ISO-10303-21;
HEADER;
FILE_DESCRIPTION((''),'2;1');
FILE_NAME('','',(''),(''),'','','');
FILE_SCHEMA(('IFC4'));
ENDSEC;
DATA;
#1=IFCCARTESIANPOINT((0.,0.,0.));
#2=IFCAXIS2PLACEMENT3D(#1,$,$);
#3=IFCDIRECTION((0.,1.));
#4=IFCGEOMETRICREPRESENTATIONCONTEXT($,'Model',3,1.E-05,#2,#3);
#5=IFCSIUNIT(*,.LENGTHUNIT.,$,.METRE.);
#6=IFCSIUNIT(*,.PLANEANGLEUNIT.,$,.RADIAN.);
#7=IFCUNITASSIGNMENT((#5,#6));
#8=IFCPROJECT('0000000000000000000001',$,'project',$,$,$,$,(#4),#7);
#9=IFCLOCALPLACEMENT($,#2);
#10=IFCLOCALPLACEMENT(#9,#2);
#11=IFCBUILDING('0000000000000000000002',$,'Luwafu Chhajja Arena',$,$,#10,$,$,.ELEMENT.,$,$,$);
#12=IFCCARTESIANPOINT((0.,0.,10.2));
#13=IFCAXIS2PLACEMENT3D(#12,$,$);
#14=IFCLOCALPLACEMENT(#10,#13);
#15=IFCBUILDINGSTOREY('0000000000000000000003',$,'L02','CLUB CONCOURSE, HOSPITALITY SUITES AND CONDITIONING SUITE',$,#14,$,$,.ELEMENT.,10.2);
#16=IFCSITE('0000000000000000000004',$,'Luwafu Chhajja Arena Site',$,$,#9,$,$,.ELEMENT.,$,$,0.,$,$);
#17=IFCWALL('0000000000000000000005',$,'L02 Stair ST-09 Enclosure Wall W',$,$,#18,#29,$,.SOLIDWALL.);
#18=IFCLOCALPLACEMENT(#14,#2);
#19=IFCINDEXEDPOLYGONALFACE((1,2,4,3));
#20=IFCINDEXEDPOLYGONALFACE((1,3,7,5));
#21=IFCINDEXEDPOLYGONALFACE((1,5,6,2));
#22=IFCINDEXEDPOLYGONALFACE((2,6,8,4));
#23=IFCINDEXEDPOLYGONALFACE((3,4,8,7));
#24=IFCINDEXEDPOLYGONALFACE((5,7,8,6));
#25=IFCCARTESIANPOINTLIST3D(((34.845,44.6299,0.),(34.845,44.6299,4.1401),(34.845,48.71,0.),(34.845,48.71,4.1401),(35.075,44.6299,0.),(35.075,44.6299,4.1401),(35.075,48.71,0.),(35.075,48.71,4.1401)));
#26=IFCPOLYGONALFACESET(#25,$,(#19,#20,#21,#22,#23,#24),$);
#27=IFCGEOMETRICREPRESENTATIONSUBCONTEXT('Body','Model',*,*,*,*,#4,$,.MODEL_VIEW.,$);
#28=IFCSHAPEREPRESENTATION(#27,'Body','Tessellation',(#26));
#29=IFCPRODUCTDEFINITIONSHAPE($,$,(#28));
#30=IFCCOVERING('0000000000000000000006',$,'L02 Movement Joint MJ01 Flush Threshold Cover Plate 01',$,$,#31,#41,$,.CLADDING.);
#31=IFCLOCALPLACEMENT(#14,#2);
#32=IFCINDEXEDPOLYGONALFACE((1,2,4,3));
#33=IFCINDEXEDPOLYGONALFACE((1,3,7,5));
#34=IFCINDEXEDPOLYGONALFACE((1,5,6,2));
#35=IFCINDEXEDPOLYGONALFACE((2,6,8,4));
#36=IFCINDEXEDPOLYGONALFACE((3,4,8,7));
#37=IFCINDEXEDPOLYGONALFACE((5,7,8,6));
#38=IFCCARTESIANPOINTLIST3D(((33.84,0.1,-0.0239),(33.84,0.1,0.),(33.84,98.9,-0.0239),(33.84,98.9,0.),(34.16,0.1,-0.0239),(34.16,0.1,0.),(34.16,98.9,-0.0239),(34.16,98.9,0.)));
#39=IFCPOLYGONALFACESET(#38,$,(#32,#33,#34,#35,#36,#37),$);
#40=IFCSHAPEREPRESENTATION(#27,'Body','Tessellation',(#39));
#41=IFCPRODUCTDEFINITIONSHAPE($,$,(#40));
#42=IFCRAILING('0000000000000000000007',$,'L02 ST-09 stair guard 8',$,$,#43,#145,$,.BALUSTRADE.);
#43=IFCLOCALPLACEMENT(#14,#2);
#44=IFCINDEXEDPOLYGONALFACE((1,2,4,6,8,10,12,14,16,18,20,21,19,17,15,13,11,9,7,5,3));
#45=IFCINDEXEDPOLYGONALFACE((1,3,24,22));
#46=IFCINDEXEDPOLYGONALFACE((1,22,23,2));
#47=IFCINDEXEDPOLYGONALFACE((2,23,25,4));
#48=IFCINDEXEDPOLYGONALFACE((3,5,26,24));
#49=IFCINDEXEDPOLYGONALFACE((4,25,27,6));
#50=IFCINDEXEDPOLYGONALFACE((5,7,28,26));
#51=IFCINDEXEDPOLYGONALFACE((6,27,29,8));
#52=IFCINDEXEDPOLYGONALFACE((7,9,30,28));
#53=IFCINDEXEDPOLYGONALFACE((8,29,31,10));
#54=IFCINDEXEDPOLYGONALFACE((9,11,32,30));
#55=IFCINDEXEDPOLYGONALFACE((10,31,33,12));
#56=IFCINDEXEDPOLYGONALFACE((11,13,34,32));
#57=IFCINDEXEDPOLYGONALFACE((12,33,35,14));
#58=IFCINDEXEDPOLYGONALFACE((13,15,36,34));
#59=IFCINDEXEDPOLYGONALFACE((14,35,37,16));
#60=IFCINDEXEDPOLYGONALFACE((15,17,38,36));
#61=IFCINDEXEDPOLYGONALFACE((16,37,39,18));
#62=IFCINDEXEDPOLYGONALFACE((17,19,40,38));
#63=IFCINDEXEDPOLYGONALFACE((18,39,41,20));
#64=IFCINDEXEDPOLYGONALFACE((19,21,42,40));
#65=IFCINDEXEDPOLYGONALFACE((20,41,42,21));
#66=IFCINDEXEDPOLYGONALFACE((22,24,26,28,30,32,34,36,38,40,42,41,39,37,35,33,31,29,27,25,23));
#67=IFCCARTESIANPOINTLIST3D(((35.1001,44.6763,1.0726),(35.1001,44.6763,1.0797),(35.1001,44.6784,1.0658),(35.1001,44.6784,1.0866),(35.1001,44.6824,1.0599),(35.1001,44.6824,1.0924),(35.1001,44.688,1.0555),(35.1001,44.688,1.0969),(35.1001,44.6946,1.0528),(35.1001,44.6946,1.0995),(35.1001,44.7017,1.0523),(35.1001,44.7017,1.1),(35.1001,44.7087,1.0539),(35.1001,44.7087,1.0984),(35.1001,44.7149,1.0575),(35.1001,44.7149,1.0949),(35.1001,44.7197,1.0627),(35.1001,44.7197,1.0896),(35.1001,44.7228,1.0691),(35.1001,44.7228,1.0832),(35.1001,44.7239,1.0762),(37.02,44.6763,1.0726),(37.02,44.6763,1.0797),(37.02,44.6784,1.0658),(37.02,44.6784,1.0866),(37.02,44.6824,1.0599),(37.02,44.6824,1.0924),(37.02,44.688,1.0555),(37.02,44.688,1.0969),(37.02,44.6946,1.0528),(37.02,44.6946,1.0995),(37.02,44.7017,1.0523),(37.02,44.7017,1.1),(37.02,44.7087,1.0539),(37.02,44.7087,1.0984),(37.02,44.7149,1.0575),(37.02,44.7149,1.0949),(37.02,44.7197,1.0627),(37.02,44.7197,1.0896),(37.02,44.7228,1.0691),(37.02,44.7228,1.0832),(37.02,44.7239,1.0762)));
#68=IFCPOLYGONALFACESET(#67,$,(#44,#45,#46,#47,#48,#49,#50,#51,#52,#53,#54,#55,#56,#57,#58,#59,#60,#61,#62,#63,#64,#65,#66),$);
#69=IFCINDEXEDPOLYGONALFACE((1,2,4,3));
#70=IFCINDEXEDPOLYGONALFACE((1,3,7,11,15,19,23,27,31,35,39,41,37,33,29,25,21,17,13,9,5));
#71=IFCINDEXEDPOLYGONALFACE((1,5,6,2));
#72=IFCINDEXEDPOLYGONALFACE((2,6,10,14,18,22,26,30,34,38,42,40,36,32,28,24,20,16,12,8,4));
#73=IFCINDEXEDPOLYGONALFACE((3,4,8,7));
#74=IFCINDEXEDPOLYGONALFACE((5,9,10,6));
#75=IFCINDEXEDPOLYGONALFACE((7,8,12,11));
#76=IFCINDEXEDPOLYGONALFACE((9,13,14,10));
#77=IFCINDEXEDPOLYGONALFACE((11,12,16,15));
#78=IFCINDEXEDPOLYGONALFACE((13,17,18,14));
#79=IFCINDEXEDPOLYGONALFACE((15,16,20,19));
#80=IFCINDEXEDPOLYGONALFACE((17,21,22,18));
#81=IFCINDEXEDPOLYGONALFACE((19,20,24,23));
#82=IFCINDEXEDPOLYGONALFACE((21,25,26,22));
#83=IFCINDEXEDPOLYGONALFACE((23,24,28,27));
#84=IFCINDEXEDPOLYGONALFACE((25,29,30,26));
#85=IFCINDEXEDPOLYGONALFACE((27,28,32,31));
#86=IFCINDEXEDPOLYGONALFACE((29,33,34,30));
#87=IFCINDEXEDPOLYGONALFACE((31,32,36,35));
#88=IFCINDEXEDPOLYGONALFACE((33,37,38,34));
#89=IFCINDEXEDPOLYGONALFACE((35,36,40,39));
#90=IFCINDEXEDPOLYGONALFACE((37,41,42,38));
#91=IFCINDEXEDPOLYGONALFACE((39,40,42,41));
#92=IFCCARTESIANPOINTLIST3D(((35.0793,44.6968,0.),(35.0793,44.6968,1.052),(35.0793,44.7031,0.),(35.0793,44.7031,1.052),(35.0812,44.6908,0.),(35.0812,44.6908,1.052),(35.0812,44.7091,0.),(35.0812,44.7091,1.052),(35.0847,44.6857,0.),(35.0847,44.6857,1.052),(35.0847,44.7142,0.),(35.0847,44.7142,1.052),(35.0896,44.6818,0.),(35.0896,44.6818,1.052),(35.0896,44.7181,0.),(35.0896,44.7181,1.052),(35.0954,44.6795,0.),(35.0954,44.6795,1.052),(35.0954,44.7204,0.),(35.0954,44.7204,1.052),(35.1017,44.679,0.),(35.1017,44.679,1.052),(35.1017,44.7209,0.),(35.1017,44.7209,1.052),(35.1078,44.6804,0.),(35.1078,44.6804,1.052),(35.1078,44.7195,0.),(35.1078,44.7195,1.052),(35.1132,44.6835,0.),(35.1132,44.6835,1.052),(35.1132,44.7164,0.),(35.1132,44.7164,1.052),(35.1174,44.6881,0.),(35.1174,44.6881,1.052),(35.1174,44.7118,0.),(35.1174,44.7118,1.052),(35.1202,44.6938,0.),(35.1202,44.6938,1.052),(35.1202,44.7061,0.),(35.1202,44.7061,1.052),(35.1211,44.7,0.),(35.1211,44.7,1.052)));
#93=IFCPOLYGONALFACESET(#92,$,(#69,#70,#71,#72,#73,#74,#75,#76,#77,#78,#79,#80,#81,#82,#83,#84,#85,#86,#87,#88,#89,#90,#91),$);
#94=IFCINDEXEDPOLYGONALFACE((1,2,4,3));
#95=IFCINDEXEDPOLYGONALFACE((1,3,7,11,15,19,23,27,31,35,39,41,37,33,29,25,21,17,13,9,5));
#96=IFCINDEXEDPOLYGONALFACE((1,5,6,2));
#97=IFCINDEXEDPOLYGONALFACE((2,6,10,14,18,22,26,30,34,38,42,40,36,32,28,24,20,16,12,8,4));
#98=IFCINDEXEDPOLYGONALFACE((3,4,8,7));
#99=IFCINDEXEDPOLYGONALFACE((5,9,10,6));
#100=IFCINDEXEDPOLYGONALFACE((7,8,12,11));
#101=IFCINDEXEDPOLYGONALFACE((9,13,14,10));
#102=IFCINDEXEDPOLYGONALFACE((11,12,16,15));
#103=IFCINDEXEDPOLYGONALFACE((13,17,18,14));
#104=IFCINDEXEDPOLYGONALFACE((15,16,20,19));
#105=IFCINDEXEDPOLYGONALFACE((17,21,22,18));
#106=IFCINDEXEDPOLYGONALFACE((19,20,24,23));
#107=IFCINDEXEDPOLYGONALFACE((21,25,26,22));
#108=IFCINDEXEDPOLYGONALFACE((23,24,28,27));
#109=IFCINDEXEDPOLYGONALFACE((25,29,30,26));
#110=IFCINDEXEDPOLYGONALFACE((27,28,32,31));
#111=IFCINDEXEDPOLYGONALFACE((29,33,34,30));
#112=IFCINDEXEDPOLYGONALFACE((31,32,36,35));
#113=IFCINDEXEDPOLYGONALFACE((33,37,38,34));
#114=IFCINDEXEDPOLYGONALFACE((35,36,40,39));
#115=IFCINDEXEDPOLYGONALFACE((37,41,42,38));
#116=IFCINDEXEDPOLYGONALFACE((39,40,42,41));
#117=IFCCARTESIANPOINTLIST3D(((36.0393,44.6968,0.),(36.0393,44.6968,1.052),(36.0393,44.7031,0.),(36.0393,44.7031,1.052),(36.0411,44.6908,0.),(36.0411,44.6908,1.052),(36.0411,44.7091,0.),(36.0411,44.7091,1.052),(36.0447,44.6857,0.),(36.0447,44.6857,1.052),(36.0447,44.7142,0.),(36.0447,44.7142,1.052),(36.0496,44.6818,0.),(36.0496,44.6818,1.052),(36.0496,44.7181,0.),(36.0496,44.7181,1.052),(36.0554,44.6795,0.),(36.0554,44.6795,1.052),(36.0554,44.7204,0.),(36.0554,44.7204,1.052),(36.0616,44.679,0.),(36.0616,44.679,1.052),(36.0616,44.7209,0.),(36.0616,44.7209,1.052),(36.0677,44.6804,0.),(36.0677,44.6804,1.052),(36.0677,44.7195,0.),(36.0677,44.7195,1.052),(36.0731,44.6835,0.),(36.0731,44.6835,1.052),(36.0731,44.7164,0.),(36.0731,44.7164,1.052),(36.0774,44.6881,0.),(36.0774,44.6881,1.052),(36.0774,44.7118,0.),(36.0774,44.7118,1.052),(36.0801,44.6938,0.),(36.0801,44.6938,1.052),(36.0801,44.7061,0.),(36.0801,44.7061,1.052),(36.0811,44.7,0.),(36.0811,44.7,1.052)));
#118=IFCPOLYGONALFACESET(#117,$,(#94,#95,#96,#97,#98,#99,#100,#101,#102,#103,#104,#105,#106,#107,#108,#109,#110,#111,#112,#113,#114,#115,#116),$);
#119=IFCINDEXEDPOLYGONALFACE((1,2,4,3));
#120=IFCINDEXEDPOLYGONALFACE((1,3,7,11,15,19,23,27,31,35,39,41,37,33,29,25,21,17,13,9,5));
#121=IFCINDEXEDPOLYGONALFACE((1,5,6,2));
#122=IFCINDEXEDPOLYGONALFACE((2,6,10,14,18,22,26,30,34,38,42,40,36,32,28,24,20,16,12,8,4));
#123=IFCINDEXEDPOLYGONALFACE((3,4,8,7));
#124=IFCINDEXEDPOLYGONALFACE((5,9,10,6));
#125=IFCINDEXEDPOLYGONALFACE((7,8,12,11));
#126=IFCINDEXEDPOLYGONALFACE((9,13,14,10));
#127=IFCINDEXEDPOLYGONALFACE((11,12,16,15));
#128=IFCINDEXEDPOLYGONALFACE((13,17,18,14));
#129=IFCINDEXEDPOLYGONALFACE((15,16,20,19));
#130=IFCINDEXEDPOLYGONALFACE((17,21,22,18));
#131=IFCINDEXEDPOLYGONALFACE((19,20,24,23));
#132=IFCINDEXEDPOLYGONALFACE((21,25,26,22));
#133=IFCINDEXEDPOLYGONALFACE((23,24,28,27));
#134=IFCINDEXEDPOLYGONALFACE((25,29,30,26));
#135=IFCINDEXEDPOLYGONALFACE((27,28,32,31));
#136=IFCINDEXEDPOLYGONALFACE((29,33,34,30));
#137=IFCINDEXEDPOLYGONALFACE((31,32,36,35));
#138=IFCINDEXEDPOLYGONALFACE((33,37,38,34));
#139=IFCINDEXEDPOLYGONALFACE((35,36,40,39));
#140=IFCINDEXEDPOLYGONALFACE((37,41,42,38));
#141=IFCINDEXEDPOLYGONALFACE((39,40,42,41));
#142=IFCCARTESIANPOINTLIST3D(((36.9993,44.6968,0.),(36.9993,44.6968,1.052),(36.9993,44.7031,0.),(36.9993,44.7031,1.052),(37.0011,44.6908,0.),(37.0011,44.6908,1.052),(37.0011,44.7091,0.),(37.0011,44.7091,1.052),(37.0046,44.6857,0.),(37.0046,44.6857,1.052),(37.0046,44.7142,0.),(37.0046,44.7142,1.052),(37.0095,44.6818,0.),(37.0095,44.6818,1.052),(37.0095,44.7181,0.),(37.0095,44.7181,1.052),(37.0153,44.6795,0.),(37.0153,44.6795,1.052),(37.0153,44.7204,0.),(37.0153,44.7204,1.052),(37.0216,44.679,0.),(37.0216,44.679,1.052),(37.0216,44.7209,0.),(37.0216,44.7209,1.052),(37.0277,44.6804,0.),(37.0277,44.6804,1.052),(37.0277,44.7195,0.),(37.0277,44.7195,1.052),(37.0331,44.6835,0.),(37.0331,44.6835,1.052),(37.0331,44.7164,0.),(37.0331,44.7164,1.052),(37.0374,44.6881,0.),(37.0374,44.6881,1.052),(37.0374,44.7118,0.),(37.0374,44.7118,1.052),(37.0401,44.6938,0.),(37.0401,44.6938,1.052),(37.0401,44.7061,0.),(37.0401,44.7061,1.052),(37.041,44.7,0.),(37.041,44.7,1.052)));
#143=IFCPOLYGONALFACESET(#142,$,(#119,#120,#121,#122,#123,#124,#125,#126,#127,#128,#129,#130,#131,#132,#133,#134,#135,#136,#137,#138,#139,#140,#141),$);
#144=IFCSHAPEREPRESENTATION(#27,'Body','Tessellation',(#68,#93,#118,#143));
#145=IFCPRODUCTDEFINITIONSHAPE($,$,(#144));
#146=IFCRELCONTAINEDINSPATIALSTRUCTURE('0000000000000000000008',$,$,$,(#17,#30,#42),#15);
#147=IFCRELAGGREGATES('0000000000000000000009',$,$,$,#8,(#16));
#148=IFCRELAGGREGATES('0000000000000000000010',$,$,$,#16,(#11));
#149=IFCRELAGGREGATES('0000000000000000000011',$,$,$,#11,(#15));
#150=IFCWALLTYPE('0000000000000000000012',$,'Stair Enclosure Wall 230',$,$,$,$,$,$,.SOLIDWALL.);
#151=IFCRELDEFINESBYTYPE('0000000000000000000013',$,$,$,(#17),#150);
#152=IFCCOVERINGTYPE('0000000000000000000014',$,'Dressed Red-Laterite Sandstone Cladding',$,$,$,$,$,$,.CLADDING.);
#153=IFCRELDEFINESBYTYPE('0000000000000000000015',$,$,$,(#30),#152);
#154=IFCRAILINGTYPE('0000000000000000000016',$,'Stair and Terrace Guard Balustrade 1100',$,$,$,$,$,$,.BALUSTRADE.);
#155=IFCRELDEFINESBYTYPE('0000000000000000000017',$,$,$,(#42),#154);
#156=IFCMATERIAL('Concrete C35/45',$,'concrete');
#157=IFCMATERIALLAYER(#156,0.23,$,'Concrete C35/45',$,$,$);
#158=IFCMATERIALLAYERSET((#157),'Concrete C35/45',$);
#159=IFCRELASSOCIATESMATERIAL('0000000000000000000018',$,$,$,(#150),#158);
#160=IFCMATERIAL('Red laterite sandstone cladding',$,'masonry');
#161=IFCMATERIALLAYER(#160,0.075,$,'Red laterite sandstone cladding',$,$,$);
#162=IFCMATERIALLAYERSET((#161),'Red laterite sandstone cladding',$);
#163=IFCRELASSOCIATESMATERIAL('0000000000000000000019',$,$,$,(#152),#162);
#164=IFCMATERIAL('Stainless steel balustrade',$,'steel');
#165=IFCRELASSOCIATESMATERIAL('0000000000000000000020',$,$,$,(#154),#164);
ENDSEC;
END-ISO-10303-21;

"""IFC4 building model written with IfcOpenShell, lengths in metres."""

from ifc_helpers import new_model, si_unit, direction, frame, frame_2d, origin, origin_2d, place, context, subcontext, project, spatial, rectangle, circle, extrude, material, layer, layer_set, type_object, element, save


model = new_model("IFC4")

# Units and contexts
model_context = context("Model", 3, precision=1e-05, world=origin(), true_north=direction((0.0, 1.0)))
body_context = subcontext(model_context, "Body", "Model", "MODEL_VIEW")
ifc_project = project(units=[si_unit("LENGTHUNIT", "METRE"), si_unit("PLANEANGLEUNIT", "RADIAN")], contexts=[model_context])

# Site, building, storey
site_placement = place(None, origin())
site = spatial("IfcSite", under=ifc_project, at=site_placement, Name="Luwafu Chhajja Arena Site", CompositionType="ELEMENT", RefElevation=0.0)
building_placement = place(site_placement, origin())
building = spatial("IfcBuilding", under=site, at=building_placement, Name="Luwafu Chhajja Arena", CompositionType="ELEMENT")
storey_placement = place(building_placement, frame((0.0, 0.0, 10.2)))
storey = spatial("IfcBuildingStorey", under=building, at=storey_placement, Name="L02", Description="CLUB CONCOURSE, HOSPITALITY SUITES AND CONDITIONING SUITE", CompositionType="ELEMENT", Elevation=10.2)

# Shared definitions
ifc_material_1 = material(Name="Concrete C35/45", Category="concrete")

# Wall
ifc_layer_1 = layer(ifc_material_1, 0.23, Name="Concrete C35/45")
ifc_layer_set_1 = layer_set([ifc_layer_1], Name="Concrete C35/45")
wall_type_1 = type_object("IfcWallType", Name="Stair Enclosure Wall 230", PredefinedType="SOLIDWALL", material=ifc_layer_set_1)
wall_1_placement = place(storey_placement, frame((34.96, 44.6299, 0.0), z_axis=(0.0, 0.0, 1.0), x_axis=(0.0, 1.0, 0.0)))
element("IfcWall", 1, at=wall_1_placement, inside=storey, type_object=wall_type_1, Name="L02 Stair ST-09 Enclosure Wall W", PredefinedType="SOLIDWALL", context=body_context, shape_type="SweptSolid", body=[
    extrude(rectangle(XDim=4.0801, YDim=0.23, at=frame_2d((2.04, 0.0))), origin(), (0.0, 0.0, 1.0), 4.1401),
])

# Covering
ifc_material_2 = material(Name="Red laterite sandstone cladding", Category="masonry")
ifc_layer_2 = layer(ifc_material_2, 0.075, Name="Red laterite sandstone cladding")
ifc_layer_set_2 = layer_set([ifc_layer_2], Name="Red laterite sandstone cladding")
covering_type = type_object("IfcCoveringType", Name="Dressed Red-Laterite Sandstone Cladding", PredefinedType="CLADDING", material=ifc_layer_set_2)
covering_placement = place(storey_placement, frame((34.0, 49.5, -0.0239), z_axis=(0.0, 0.0, 1.0), x_axis=(1.0, 0.0, 0.0)))
element("IfcCovering", 2, at=covering_placement, inside=storey, type_object=covering_type, Name="L02 Movement Joint MJ01 Flush Threshold Cover Plate 01", PredefinedType="CLADDING", context=body_context, shape_type="SweptSolid", body=[
    extrude(rectangle(XDim=0.3201, YDim=98.8, at=origin_2d()), origin(), (0.0, 0.0, 1.0), 0.0239),
])

# Railing
ifc_material_3 = material(Name="Stainless steel balustrade", Category="steel")
railing_type = type_object("IfcRailingType", Name="Stair and Terrace Guard Balustrade 1100", PredefinedType="BALUSTRADE", material=ifc_material_3)
for number, where, name in (
    (3, (35.1001, 44.7, 0.0), "L02 ST-09 stair guard 8"),
):
    element("IfcRailing", number, at=place(storey_placement, frame(where)), inside=storey, type_object=railing_type, Name=name, PredefinedType="BALUSTRADE", context=body_context, shape_type="SweptSolid", body=[
        extrude(circle(Radius=0.0239, at=origin_2d()), frame((0.0, 0.0, 1.0762), z_axis=(1.0, 0.0, 0.0), x_axis=(0.0, 1.0, 0.0)), (0.0, 0.0, 1.0), 1.9199),
        extrude(circle(Radius=0.021, at=origin_2d()), origin(), (0.0, 0.0, 1.0), 1.052),
        extrude(circle(Radius=0.021, at=origin_2d()), frame((0.96, 0.0, 0.0)), (0.0, 0.0, 1.0), 1.052),
        extrude(circle(Radius=0.021, at=origin_2d()), frame((1.9199, 0.0, 0.0)), (0.0, 0.0, 1.0), 1.052),
    ])

save(model, "model.ifc")
